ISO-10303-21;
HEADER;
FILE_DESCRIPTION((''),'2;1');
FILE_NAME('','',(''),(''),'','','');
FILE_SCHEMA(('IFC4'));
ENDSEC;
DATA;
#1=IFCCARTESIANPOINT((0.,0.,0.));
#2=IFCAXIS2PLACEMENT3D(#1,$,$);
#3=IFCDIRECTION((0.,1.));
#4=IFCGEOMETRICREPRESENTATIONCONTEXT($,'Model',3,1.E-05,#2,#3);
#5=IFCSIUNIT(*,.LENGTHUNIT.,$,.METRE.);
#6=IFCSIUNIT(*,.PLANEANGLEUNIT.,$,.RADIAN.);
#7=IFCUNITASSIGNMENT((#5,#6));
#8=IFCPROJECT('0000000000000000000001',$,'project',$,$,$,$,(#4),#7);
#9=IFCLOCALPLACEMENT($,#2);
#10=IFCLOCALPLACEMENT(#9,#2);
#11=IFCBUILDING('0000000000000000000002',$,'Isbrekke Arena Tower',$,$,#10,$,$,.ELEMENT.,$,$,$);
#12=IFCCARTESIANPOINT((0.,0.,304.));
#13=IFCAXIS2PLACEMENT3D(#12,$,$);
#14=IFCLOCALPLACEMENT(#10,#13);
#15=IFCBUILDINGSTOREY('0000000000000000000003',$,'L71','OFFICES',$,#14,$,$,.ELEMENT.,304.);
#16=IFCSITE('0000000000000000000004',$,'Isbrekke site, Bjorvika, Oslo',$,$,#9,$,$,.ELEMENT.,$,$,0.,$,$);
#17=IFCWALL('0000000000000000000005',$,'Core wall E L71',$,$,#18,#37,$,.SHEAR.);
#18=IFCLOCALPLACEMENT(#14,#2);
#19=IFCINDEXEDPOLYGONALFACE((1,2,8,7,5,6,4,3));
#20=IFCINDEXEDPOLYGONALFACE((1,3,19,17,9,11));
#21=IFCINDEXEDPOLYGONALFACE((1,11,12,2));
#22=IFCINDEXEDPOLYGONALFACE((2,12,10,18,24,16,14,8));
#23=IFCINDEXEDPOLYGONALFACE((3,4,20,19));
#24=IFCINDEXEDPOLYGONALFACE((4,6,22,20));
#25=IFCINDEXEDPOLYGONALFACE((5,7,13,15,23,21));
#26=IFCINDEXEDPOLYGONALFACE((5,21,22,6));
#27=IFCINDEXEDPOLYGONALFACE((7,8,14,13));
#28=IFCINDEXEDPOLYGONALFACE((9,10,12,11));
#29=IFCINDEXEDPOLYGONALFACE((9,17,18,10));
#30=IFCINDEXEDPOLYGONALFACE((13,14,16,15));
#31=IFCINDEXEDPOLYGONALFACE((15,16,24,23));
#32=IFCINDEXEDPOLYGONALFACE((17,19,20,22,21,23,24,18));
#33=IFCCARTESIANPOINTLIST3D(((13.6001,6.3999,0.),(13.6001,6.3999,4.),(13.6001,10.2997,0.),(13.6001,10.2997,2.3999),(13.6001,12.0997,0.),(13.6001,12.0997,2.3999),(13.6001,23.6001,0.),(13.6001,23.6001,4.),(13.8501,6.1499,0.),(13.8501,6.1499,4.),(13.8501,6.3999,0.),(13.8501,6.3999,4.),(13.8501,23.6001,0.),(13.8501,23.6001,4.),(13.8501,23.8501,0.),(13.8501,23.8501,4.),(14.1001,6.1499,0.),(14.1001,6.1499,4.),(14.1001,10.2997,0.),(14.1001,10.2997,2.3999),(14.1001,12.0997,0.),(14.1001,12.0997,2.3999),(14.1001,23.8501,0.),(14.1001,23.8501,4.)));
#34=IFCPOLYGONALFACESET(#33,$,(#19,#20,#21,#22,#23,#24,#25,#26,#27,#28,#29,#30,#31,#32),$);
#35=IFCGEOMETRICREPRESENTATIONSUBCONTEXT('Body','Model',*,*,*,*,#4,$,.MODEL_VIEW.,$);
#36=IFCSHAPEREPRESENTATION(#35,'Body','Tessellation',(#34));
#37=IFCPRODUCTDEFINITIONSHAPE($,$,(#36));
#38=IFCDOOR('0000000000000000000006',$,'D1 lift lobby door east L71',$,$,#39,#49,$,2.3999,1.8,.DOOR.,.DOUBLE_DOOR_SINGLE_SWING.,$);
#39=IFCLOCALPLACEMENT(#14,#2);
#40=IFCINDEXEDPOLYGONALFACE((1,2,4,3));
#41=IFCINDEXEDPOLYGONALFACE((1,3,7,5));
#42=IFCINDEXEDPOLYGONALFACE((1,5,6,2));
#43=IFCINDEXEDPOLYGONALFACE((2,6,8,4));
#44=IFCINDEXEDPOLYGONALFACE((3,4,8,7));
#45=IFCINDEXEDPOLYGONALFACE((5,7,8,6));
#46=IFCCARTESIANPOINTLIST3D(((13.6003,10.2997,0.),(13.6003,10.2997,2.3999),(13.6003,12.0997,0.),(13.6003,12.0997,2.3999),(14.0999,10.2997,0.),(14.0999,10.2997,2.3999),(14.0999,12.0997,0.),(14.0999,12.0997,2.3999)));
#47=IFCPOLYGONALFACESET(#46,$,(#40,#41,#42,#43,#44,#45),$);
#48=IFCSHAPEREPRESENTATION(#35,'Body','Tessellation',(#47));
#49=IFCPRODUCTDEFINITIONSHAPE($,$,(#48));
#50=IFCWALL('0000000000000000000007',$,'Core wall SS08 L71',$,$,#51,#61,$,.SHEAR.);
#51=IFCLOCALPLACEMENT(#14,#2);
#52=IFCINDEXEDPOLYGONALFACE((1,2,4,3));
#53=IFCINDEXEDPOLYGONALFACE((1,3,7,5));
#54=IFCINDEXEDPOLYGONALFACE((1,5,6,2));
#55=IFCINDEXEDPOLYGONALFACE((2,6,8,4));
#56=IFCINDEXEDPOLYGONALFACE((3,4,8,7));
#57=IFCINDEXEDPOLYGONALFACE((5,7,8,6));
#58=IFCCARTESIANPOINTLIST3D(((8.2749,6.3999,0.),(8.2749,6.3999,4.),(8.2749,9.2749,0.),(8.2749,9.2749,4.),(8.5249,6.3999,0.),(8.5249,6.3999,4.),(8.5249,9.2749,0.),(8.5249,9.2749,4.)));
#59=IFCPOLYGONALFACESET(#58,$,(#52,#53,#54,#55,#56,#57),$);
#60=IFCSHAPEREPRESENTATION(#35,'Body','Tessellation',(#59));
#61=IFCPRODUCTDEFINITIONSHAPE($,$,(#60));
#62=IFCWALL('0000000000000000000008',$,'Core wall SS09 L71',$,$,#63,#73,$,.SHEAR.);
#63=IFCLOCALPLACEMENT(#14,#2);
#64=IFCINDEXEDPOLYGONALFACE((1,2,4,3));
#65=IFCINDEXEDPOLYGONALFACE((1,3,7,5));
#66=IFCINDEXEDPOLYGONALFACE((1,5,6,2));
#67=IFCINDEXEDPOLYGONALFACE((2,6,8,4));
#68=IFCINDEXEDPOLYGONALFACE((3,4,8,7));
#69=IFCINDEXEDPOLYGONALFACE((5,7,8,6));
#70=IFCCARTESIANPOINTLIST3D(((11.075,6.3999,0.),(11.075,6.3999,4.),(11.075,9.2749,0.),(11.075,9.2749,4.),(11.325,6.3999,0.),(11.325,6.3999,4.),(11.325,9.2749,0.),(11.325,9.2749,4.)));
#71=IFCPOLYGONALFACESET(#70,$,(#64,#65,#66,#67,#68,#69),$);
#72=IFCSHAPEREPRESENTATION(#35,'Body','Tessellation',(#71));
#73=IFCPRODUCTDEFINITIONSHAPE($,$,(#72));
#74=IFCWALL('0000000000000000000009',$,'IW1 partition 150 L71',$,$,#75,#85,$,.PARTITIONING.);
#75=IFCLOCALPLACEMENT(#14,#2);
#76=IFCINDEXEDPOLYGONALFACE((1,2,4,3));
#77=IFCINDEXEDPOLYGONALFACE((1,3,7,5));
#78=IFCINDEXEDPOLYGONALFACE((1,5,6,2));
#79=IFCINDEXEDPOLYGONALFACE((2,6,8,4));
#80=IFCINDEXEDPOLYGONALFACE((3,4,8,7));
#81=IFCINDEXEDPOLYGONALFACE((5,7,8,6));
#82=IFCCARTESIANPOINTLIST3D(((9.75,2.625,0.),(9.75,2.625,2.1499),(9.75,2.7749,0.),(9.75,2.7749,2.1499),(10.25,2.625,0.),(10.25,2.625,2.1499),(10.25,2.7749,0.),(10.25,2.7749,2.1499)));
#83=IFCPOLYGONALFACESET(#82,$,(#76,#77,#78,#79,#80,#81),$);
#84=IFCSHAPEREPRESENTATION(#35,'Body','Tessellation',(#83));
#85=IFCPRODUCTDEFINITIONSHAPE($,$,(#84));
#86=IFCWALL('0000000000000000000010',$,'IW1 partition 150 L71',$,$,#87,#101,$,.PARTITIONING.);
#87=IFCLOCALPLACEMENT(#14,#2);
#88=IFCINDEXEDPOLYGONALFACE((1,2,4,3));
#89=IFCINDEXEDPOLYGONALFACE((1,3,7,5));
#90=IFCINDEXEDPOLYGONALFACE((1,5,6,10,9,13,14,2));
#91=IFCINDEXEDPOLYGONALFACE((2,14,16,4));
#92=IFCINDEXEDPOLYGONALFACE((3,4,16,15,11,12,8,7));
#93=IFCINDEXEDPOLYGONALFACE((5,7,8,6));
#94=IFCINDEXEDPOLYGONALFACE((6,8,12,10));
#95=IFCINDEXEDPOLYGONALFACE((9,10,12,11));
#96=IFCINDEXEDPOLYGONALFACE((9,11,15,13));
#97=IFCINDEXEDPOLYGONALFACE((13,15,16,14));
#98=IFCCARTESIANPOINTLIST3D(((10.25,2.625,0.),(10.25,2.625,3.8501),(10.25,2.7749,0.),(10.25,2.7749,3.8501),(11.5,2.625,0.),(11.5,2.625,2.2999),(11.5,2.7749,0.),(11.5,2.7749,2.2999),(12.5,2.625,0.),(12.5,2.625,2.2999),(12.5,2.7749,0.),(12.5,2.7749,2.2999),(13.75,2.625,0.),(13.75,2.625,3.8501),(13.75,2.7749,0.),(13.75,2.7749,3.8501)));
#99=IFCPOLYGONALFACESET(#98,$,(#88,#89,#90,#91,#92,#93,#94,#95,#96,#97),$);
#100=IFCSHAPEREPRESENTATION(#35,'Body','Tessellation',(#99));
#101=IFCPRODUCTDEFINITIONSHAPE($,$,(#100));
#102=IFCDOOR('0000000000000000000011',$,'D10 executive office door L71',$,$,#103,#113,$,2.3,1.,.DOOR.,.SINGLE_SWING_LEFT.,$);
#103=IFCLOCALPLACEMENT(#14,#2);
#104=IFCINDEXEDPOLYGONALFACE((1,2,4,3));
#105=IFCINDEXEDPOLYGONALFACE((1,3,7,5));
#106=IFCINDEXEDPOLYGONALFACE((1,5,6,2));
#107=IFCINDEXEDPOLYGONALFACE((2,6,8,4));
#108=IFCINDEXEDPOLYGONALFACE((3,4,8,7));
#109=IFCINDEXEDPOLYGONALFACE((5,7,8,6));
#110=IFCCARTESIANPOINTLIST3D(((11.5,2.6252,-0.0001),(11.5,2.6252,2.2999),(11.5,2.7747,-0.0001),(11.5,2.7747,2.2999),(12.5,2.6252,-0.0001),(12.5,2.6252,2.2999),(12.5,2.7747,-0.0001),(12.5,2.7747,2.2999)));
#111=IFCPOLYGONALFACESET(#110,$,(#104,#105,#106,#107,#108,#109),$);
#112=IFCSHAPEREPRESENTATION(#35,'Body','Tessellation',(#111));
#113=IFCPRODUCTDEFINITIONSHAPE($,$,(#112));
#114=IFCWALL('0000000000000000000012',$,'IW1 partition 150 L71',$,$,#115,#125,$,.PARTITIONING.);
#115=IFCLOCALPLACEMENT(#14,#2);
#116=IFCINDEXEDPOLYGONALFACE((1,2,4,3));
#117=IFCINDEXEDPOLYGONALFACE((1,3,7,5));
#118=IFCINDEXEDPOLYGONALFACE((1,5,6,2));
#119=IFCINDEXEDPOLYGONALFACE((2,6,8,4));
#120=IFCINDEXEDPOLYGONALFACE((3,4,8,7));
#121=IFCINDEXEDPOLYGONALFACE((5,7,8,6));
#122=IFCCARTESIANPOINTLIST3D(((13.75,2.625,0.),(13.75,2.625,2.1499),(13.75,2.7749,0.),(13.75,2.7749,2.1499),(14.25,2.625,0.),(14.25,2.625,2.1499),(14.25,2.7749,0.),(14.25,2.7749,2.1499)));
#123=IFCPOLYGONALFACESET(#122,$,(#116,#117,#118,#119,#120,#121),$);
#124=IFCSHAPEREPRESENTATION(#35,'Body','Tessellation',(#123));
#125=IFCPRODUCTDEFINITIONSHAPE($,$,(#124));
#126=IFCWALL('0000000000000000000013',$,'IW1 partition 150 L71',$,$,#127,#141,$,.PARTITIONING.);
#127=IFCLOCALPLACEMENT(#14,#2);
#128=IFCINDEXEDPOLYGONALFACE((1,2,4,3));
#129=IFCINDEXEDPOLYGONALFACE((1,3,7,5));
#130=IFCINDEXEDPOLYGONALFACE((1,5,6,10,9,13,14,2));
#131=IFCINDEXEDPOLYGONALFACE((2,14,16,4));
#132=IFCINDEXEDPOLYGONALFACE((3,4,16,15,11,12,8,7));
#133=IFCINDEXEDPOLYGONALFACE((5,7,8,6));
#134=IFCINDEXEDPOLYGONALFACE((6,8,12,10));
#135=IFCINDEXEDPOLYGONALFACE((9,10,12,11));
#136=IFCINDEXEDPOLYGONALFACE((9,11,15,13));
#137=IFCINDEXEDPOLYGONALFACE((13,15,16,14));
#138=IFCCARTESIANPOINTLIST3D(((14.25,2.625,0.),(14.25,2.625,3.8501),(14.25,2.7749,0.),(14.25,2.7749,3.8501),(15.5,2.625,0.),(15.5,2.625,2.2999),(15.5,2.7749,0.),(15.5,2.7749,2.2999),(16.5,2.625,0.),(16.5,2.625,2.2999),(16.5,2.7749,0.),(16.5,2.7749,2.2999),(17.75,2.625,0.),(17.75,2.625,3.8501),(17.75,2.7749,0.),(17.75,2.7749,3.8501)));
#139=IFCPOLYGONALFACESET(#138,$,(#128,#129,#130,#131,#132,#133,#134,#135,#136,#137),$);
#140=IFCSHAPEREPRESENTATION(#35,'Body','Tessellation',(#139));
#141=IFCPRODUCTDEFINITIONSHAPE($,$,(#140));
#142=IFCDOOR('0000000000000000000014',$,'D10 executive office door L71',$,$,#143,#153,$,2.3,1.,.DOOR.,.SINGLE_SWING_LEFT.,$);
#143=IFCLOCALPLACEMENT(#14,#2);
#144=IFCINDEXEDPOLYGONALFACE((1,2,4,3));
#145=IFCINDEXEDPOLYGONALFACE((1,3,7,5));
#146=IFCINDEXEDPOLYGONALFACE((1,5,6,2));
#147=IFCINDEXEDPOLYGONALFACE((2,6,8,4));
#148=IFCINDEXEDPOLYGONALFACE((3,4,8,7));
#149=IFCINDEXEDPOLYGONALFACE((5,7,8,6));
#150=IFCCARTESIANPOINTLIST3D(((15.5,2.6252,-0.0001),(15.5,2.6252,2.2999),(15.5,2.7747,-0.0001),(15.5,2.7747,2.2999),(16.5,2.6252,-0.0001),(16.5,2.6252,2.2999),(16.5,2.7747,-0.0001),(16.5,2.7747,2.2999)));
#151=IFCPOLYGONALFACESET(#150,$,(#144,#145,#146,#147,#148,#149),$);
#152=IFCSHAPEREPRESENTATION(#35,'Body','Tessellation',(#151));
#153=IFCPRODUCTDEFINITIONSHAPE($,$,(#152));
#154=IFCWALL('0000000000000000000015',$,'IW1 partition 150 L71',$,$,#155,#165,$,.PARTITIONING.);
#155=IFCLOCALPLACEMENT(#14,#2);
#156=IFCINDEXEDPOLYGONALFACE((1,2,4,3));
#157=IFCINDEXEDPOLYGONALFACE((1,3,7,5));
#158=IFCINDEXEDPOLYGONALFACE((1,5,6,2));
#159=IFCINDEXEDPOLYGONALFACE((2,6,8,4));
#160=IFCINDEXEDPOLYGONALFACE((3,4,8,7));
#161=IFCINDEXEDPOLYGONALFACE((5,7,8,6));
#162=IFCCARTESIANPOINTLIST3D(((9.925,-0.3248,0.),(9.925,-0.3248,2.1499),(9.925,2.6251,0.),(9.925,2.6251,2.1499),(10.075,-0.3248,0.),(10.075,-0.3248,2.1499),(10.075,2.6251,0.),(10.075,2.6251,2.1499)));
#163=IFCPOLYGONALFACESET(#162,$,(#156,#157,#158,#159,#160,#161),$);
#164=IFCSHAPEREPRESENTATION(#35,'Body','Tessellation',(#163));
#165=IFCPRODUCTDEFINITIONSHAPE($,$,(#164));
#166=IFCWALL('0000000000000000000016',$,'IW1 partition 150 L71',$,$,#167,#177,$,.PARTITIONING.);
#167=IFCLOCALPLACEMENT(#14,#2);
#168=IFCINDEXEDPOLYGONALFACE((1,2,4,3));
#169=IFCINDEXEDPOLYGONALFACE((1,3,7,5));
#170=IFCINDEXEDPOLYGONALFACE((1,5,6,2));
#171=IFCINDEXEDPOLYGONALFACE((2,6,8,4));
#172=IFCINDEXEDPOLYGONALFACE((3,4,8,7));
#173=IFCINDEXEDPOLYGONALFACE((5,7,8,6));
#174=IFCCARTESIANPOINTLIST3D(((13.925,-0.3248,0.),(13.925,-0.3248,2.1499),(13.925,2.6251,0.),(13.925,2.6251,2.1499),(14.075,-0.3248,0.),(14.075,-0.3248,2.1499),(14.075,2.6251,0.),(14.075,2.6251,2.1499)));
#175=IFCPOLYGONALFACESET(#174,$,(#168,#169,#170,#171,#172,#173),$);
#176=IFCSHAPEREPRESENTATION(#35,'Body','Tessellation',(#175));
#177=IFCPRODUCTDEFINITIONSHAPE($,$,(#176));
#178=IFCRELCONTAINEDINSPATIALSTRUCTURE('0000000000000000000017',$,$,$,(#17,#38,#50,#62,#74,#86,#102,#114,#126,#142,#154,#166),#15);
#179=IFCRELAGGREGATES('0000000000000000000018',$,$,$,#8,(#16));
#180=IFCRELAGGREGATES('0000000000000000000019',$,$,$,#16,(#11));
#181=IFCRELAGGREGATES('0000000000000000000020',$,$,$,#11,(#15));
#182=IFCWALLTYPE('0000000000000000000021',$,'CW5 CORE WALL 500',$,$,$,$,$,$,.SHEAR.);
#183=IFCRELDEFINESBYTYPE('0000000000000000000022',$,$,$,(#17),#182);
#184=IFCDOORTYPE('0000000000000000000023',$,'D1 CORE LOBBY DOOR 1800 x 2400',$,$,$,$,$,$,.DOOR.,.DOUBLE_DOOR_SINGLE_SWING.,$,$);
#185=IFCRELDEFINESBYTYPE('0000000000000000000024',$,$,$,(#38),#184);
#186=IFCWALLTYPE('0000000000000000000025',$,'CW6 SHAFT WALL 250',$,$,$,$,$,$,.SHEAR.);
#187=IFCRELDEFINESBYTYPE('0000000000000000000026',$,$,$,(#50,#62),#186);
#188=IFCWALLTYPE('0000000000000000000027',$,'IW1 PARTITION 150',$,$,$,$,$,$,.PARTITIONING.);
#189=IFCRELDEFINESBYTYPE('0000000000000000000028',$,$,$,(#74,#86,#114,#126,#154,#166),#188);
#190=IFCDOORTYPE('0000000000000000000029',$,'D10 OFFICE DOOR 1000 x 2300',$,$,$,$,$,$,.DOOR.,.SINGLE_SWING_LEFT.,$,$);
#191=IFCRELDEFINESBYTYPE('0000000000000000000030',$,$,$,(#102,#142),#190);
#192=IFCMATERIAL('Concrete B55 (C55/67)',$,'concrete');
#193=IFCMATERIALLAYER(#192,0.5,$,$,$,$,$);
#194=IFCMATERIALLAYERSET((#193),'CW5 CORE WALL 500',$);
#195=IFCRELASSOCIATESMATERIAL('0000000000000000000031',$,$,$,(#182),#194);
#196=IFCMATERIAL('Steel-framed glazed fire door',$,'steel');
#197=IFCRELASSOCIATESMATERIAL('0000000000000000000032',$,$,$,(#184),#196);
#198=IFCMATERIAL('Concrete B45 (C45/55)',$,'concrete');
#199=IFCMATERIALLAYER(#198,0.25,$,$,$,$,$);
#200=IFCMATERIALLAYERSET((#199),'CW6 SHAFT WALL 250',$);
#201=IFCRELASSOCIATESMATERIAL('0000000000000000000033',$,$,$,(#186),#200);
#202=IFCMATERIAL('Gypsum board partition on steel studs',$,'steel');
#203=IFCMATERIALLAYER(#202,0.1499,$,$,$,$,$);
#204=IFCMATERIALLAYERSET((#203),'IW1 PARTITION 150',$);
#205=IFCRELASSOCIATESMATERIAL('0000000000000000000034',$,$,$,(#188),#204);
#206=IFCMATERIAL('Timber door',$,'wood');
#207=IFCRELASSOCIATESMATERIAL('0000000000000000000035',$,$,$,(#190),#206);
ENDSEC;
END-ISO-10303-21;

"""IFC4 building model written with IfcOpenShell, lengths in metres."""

from ifc_helpers import new_model, si_unit, direction, frame, frame_2d, origin, place, context, subcontext, project, spatial, polyline, rectangle, outline, extrude, material, layer, layer_set, type_object, element, fill, save


model = new_model("IFC4")

# Units and contexts
model_context = context("Model", 3, precision=1e-05, world=origin(), true_north=direction((0.0, 1.0)))
body_context = subcontext(model_context, "Body", "Model", "MODEL_VIEW")
ifc_project = project(units=[si_unit("LENGTHUNIT", "METRE"), si_unit("PLANEANGLEUNIT", "RADIAN")], contexts=[model_context])

# Site, building, storey
site_placement = place(None, origin())
site = spatial("IfcSite", under=ifc_project, at=site_placement, Name="Isbrekke site, Bjorvika, Oslo", CompositionType="ELEMENT", RefElevation=0.0)
building_placement = place(site_placement, origin())
building = spatial("IfcBuilding", under=site, at=building_placement, Name="Isbrekke Arena Tower", CompositionType="ELEMENT")
storey_placement = place(building_placement, frame((0.0, 0.0, 304.0)))
storey = spatial("IfcBuildingStorey", under=building, at=storey_placement, Name="L71", Description="OFFICES", CompositionType="ELEMENT", Elevation=304.0)

# Wall, opening, door
ifc_material_1 = material(Name="Concrete B55 (C55/67)", Category="concrete")
ifc_layer_1 = layer(ifc_material_1, 0.5)
ifc_layer_set_1 = layer_set([ifc_layer_1], Name="CW5 CORE WALL 500")
wall_type_1 = type_object("IfcWallType", Name="CW5 CORE WALL 500", PredefinedType="SHEAR", material=ifc_layer_set_1)
wall_1_placement = place(storey_placement, frame((13.8501, 6.1499, 0.0), z_axis=(0.0, 0.0, 1.0), x_axis=(0.0, 1.0, 0.0)))
wall_1 = element("IfcWall", 1, at=wall_1_placement, inside=storey, type_object=wall_type_1, Name="Core wall E L71", PredefinedType="SHEAR", context=body_context, shape_type="SweptSolid", body=[
    extrude(outline(polyline([(0.0, -0.25), (17.7002, -0.25), (17.7002, 0.0), (17.4502, 0.0), (17.4502, 0.25), (0.25, 0.25), (0.25, 0.0), (0.0, 0.0), (0.0, -0.25)])), origin(), (0.0, 0.0, 1.0), 4.0),
])
opening_1_placement = place(wall_1_placement, frame((4.1499, 0.0, 0.0)))
opening_1 = element("IfcOpeningElement", 2, at=opening_1_placement, cuts=wall_1, PredefinedType="OPENING", context=body_context, shape_type="SweptSolid", body=[
    extrude(rectangle(XDim=1.8, YDim=2.3999, at=frame_2d((0.8999, 1.2))), frame((0.0, 0.2649, 0.0), z_axis=(0.0, -1.0, 0.0), x_axis=(1.0, 0.0, 0.0)), (0.0, 0.0, 1.0), 0.5298),
])
ifc_material_2 = material(Name="Steel-framed glazed fire door", Category="steel")
door_type_1 = type_object("IfcDoorType", Name="D1 CORE LOBBY DOOR 1800 x 2400", OperationType="DOUBLE_DOOR_SINGLE_SWING", PredefinedType="DOOR", material=ifc_material_2)
door_1_placement = place(opening_1_placement, origin())
door_1 = element("IfcDoor", 3, at=door_1_placement, inside=storey, type_object=door_type_1, Name="D1 lift lobby door east L71", OperationType="DOUBLE_DOOR_SINGLE_SWING", OverallHeight=2.3999, OverallWidth=1.8, PredefinedType="DOOR", context=body_context, shape_type="SweptSolid", body=[
    extrude(rectangle(XDim=1.8, YDim=2.3999, at=frame_2d((0.8999, 1.2))), frame((0.0, 0.2498, 0.0), z_axis=(0.0, -1.0, 0.0), x_axis=(1.0, 0.0, 0.0)), (0.0, 0.0, 1.0), 0.4995),
])
fill(opening_1, door_1)

# Walls
ifc_material_3 = material(Name="Concrete B45 (C45/55)", Category="concrete")
ifc_layer_2 = layer(ifc_material_3, 0.25)
ifc_layer_set_2 = layer_set([ifc_layer_2], Name="CW6 SHAFT WALL 250")
wall_type_2 = type_object("IfcWallType", Name="CW6 SHAFT WALL 250", PredefinedType="SHEAR", material=ifc_layer_set_2)
for number, where, z_axis, x_axis, name in (
    (4, (8.3999, 6.3999, 0.0), (0.0, 0.0, 1.0), (0.0, 1.0, 0.0), "Core wall SS08 L71"),
    (5, (11.2, 6.3999, 0.0), (0.0, 0.0, 1.0), (0.0, 1.0, 0.0), "Core wall SS09 L71"),
):
    element("IfcWall", number, at=place(storey_placement, frame(where, z_axis=z_axis, x_axis=x_axis)), inside=storey, type_object=wall_type_2, Name=name, PredefinedType="SHEAR", context=body_context, shape_type="SweptSolid", body=[
        extrude(rectangle(XDim=2.875, YDim=0.25, at=frame_2d((1.4375, 0.0))), origin(), (0.0, 0.0, 1.0), 4.0),
    ])
ifc_material_4 = material(Name="Gypsum board partition on steel studs", Category="steel")
ifc_layer_3 = layer(ifc_material_4, 0.1499)
ifc_layer_set_3 = layer_set([ifc_layer_3], Name="IW1 PARTITION 150")
wall_type_3 = type_object("IfcWallType", Name="IW1 PARTITION 150", PredefinedType="PARTITIONING", material=ifc_layer_set_3)
wall_2_placement = place(storey_placement, frame((9.75, 2.7, 0.0), z_axis=(0.0, 0.0, 1.0), x_axis=(1.0, 0.0, 0.0)))
element("IfcWall", 6, at=wall_2_placement, inside=storey, type_object=wall_type_3, Name="IW1 partition 150 L71", PredefinedType="PARTITIONING", context=body_context, shape_type="SweptSolid", body=[
    extrude(rectangle(XDim=0.5, YDim=0.1499, at=frame_2d((0.25, 0.0))), origin(), (0.0, 0.0, 1.0), 2.1499),
])

# Wall, opening, door
wall_3_placement = place(storey_placement, frame((10.25, 2.7, 0.0), z_axis=(0.0, 0.0, 1.0), x_axis=(1.0, 0.0, 0.0)))
wall_3 = element("IfcWall", 7, at=wall_3_placement, inside=storey, type_object=wall_type_3, Name="IW1 partition 150 L71", PredefinedType="PARTITIONING", context=body_context, shape_type="SweptSolid", body=[
    extrude(rectangle(XDim=3.5, YDim=0.1499, at=frame_2d((1.75, 0.0))), origin(), (0.0, 0.0, 1.0), 3.8501),
])
opening_2_placement = place(wall_3_placement, frame((1.25, 0.0, 0.0)))
opening_2 = element("IfcOpeningElement", 8, at=opening_2_placement, cuts=wall_3, PredefinedType="OPENING", context=body_context, shape_type="SweptSolid", body=[
    extrude(rectangle(XDim=1.0, YDim=2.3, at=frame_2d((0.5, 1.1499))), frame((0.0, 0.0898, 0.0), z_axis=(0.0, -1.0, 0.0), x_axis=(1.0, 0.0, 0.0)), (0.0, 0.0, 1.0), 0.1797),
])
ifc_material_5 = material(Name="Timber door", Category="wood")
door_type_2 = type_object("IfcDoorType", Name="D10 OFFICE DOOR 1000 x 2300", OperationType="SINGLE_SWING_LEFT", PredefinedType="DOOR", material=ifc_material_5)
door_2_placement = place(opening_2_placement, origin())
door_2 = element("IfcDoor", 9, at=door_2_placement, inside=storey, type_object=door_type_2, Name="D10 executive office door L71", OperationType="SINGLE_SWING_LEFT", OverallHeight=2.3, OverallWidth=1.0, PredefinedType="DOOR", context=body_context, shape_type="SweptSolid", body=[
    extrude(rectangle(XDim=1.0, YDim=2.3, at=frame_2d((0.5, 1.1499))), frame((0.0, 0.0747, 0.0), z_axis=(0.0, -1.0, 0.0), x_axis=(1.0, 0.0, 0.0)), (0.0, 0.0, 1.0), 0.1494),
])
fill(opening_2, door_2)

# Wall
wall_4_placement = place(storey_placement, frame((13.75, 2.7, 0.0), z_axis=(0.0, 0.0, 1.0), x_axis=(1.0, 0.0, 0.0)))
element("IfcWall", 10, at=wall_4_placement, inside=storey, type_object=wall_type_3, Name="IW1 partition 150 L71", PredefinedType="PARTITIONING", context=body_context, shape_type="SweptSolid", body=[
    extrude(rectangle(XDim=0.5, YDim=0.1499, at=frame_2d((0.25, 0.0))), origin(), (0.0, 0.0, 1.0), 2.1499),
])

# Wall, opening, door
wall_5_placement = place(storey_placement, frame((14.25, 2.7, 0.0), z_axis=(0.0, 0.0, 1.0), x_axis=(1.0, 0.0, 0.0)))
wall_5 = element("IfcWall", 11, at=wall_5_placement, inside=storey, type_object=wall_type_3, Name="IW1 partition 150 L71", PredefinedType="PARTITIONING", context=body_context, shape_type="SweptSolid", body=[
    extrude(rectangle(XDim=3.5, YDim=0.1499, at=frame_2d((1.75, 0.0))), origin(), (0.0, 0.0, 1.0), 3.8501),
])
opening_3_placement = place(wall_5_placement, frame((1.25, 0.0, 0.0)))
opening_3 = element("IfcOpeningElement", 12, at=opening_3_placement, cuts=wall_5, PredefinedType="OPENING", context=body_context, shape_type="SweptSolid", body=[
    extrude(rectangle(XDim=1.0, YDim=2.3, at=frame_2d((0.5, 1.1499))), frame((0.0, 0.0898, 0.0), z_axis=(0.0, -1.0, 0.0), x_axis=(1.0, 0.0, 0.0)), (0.0, 0.0, 1.0), 0.1797),
])
door_3_placement = place(opening_3_placement, origin())
door_3 = element("IfcDoor", 13, at=door_3_placement, inside=storey, type_object=door_type_2, Name="D10 executive office door L71", OperationType="SINGLE_SWING_LEFT", OverallHeight=2.3, OverallWidth=1.0, PredefinedType="DOOR", context=body_context, shape_type="SweptSolid", body=[
    extrude(rectangle(XDim=1.0, YDim=2.3, at=frame_2d((0.5, 1.1499))), frame((0.0, 0.0747, 0.0), z_axis=(0.0, -1.0, 0.0), x_axis=(1.0, 0.0, 0.0)), (0.0, 0.0, 1.0), 0.1494),
])
fill(opening_3, door_3)

# Walls
for number, where, z_axis, x_axis, name in (
    (14, (10.0, -0.325, 0.0), (0.0, 0.0, 1.0), (0.0, 1.0, 0.0), "IW1 partition 150 L71"),
    (15, (14.0, -0.325, 0.0), (0.0, 0.0, 1.0), (0.0, 1.0, 0.0), "IW1 partition 150 L71"),
):
    element("IfcWall", number, at=place(storey_placement, frame(where, z_axis=z_axis, x_axis=x_axis)), inside=storey, type_object=wall_type_3, Name=name, PredefinedType="PARTITIONING", context=body_context, shape_type="SweptSolid", body=[
        extrude(rectangle(XDim=2.95, YDim=0.1499, at=frame_2d((1.4751, 0.0))), origin(), (0.0, 0.0, 1.0), 2.1499),
    ])

save(model, "model.ifc")
